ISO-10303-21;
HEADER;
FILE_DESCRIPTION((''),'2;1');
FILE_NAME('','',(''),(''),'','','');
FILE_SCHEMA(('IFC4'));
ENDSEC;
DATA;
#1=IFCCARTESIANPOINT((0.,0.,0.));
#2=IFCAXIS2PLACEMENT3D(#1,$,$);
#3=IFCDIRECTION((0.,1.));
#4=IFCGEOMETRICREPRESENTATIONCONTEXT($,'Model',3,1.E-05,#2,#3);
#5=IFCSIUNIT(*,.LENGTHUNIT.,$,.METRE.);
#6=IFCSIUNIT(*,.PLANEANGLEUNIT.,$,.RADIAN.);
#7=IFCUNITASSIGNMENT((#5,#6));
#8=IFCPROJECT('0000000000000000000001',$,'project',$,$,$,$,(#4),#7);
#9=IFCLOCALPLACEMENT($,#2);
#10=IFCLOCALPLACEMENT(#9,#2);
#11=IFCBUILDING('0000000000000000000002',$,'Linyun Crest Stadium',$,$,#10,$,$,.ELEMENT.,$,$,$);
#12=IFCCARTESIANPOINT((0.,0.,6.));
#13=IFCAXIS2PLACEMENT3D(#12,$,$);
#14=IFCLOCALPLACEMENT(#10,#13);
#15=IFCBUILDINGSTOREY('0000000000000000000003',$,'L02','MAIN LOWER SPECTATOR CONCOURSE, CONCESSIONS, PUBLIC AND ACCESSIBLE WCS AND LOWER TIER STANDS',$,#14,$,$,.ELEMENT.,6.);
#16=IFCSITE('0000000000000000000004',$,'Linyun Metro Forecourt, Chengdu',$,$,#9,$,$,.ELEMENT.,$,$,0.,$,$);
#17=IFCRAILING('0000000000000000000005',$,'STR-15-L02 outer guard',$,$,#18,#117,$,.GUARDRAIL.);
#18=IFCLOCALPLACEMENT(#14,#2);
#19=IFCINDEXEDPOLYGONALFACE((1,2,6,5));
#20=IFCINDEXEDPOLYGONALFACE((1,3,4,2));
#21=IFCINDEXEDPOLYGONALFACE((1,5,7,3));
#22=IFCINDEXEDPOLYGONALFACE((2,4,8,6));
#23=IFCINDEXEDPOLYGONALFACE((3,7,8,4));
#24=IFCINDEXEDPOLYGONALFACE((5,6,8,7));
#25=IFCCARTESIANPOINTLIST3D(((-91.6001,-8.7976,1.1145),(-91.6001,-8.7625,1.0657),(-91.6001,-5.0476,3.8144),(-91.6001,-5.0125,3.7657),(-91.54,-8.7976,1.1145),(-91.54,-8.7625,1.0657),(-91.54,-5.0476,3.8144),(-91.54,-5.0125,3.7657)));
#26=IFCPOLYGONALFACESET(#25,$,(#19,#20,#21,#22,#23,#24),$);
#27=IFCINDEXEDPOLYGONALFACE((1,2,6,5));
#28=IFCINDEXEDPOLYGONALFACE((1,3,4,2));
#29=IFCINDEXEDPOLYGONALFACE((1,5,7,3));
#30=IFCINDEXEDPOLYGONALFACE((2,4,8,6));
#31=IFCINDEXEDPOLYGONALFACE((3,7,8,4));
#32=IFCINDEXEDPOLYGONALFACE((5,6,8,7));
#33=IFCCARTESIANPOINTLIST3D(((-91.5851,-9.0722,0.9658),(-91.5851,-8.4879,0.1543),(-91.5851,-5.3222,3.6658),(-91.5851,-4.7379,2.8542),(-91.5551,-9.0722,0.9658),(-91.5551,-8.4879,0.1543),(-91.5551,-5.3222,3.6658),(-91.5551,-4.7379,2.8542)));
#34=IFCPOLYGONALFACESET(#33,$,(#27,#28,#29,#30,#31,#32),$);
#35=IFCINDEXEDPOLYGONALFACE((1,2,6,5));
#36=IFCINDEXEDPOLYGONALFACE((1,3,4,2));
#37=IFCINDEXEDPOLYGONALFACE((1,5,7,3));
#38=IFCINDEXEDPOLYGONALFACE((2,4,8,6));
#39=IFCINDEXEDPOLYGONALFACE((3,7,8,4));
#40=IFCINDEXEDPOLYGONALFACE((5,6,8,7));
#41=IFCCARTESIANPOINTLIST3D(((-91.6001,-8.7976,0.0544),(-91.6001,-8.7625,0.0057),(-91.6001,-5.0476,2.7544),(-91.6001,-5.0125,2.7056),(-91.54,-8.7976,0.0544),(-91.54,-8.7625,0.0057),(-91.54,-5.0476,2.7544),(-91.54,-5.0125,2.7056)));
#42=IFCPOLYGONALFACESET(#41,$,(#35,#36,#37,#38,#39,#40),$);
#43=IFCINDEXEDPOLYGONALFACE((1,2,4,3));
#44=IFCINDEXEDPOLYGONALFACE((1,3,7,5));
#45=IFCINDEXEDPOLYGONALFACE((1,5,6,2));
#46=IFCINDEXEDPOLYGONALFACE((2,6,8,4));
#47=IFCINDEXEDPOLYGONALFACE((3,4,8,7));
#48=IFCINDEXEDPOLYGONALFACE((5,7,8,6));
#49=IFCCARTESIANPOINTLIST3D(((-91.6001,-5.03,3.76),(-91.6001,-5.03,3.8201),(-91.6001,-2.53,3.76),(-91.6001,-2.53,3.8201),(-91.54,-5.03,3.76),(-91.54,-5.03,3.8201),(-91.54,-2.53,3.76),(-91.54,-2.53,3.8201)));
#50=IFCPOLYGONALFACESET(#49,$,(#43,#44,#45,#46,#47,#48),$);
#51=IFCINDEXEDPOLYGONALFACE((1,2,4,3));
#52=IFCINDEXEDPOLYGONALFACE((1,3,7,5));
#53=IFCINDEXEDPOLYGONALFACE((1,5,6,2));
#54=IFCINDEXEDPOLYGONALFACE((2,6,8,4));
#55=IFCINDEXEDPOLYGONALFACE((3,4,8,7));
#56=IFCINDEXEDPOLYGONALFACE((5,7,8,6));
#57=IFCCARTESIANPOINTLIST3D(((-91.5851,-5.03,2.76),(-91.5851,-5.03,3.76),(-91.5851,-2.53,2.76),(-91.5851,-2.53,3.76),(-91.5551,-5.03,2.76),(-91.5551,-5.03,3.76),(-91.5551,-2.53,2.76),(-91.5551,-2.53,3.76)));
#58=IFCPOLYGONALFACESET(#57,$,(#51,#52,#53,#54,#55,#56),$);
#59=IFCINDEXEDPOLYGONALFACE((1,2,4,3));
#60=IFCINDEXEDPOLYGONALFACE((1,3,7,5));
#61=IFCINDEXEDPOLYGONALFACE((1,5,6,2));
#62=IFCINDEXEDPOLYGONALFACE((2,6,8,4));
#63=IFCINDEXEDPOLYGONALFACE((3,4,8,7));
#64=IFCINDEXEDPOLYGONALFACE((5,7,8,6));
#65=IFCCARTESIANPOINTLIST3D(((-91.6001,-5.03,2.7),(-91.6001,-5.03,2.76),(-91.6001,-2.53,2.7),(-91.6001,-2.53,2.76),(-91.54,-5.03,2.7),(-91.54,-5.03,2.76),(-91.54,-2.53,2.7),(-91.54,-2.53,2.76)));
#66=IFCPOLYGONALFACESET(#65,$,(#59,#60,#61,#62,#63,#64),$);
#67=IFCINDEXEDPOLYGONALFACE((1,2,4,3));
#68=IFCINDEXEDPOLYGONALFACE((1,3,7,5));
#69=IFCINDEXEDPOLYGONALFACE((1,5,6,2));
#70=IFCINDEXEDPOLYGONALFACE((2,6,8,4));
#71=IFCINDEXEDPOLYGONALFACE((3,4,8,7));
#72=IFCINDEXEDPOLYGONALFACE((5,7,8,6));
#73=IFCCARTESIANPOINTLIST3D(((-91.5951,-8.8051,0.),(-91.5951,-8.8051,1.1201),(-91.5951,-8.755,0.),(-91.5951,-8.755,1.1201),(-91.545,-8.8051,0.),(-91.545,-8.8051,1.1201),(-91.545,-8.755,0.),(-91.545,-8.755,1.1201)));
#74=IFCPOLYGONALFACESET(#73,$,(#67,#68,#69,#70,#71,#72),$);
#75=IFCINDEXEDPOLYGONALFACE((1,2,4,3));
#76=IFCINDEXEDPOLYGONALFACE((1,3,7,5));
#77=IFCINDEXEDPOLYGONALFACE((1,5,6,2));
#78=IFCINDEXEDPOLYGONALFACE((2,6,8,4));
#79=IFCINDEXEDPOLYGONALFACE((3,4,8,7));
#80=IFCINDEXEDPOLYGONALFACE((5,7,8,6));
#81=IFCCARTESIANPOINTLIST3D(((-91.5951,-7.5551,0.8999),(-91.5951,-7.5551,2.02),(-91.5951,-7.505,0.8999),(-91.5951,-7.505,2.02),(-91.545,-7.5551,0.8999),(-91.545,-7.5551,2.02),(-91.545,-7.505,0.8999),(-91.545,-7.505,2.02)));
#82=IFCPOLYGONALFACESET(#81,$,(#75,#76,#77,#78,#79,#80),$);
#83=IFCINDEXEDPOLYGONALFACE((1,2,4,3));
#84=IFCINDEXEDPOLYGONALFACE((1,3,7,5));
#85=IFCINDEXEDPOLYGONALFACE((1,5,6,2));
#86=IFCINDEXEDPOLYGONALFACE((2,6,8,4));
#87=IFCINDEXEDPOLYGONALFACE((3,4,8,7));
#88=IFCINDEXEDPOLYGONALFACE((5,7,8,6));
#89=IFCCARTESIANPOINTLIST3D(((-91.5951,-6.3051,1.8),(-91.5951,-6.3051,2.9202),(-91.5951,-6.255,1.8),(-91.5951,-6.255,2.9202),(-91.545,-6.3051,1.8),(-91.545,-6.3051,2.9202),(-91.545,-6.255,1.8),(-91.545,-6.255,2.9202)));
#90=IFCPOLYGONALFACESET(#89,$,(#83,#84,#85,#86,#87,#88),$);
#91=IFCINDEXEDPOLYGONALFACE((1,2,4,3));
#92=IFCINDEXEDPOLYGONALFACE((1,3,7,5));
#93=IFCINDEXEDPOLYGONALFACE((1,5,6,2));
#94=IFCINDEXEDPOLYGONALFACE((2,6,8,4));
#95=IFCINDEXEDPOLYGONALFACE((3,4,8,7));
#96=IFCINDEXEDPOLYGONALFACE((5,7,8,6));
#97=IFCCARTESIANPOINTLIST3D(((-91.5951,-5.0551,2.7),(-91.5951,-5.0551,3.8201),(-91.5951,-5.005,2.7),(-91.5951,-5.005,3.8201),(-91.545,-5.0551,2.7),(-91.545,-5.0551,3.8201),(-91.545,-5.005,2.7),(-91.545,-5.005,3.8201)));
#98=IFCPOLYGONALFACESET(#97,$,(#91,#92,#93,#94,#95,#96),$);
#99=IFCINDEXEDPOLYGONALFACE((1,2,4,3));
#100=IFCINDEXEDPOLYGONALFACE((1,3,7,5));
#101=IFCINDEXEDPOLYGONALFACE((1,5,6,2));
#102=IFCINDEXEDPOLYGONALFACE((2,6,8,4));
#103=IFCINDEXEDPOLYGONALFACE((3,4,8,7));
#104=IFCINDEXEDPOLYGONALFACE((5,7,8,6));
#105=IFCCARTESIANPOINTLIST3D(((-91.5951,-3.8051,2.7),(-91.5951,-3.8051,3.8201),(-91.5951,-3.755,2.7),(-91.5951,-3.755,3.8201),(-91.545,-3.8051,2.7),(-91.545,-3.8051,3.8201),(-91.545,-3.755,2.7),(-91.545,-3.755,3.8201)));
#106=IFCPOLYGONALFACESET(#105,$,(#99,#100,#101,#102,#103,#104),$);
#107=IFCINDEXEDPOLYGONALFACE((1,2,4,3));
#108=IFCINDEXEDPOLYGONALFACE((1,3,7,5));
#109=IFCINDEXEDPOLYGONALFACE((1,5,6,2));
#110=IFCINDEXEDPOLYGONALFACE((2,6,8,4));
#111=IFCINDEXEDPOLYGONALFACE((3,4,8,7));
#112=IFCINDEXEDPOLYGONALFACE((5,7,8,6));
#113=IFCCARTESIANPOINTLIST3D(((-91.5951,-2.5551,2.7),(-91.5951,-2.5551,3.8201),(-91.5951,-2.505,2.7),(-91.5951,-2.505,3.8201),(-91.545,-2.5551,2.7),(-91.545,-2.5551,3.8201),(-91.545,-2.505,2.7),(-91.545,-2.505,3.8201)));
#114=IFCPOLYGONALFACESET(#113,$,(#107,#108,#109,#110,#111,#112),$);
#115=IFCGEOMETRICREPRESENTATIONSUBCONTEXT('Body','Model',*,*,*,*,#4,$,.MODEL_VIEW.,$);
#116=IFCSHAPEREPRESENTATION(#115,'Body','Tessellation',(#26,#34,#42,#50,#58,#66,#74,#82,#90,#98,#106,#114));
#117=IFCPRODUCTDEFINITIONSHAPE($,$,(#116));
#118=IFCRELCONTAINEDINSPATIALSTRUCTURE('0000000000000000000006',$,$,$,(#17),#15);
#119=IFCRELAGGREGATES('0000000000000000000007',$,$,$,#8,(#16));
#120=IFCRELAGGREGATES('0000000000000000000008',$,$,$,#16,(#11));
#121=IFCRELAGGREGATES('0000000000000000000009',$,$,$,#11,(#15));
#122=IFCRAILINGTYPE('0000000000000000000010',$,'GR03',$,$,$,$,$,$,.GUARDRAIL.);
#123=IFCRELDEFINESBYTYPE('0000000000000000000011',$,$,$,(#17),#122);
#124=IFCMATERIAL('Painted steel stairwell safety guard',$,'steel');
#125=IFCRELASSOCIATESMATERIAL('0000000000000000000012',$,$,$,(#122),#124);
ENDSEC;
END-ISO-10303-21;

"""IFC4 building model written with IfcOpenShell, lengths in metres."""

from ifc_helpers import new_model, si_unit, direction, frame, origin, origin_2d, place, context, subcontext, project, spatial, rectangle, extrude, material, type_object, element, save


model = new_model("IFC4")

# Units and contexts
model_context = context("Model", 3, precision=1e-05, world=origin(), true_north=direction((0.0, 1.0)))
body_context = subcontext(model_context, "Body", "Model", "MODEL_VIEW")
ifc_project = project(units=[si_unit("LENGTHUNIT", "METRE"), si_unit("PLANEANGLEUNIT", "RADIAN")], contexts=[model_context])

# Site, building, storey
site_placement = place(None, origin())
site = spatial("IfcSite", under=ifc_project, at=site_placement, Name="Linyun Metro Forecourt, Chengdu", CompositionType="ELEMENT", RefElevation=0.0)
building_placement = place(site_placement, origin())
building = spatial("IfcBuilding", under=site, at=building_placement, Name="Linyun Crest Stadium", CompositionType="ELEMENT")
storey_placement = place(building_placement, frame((0.0, 0.0, 6.0)))
storey = spatial("IfcBuildingStorey", under=building, at=storey_placement, Name="L02", Description="MAIN LOWER SPECTATOR CONCOURSE, CONCESSIONS, PUBLIC AND ACCESSIBLE WCS AND LOWER TIER STANDS", CompositionType="ELEMENT", Elevation=6.0)

# Railing
ifc_material_1 = material(Name="Painted steel stairwell safety guard", Category="steel")
railing_type_1 = type_object("IfcRailingType", Name="GR03", PredefinedType="GUARDRAIL", material=ifc_material_1)
railing_1_placement = place(storey_placement, frame((-91.5701, -8.78, 0.0)))
element("IfcRailing", 1, at=railing_1_placement, inside=storey, type_object=railing_type_1, Name="STR-15-L02 outer guard", PredefinedType="GUARDRAIL", context=body_context, shape_type="SweptSolid", body=[
    extrude(rectangle(XDim=0.0601, YDim=0.0601, at=origin_2d()), frame((0.0, 0.0, 1.0901), z_axis=(0.0, 0.811539, 0.584298), x_axis=(-1.0, 0.0, 0.0)), (0.0, 0.0, 1.0), 4.6208),
    extrude(rectangle(XDim=0.03, YDim=1.0, at=origin_2d()), frame((0.0, 0.0, 0.5601), z_axis=(0.0, 0.811539, 0.584298), x_axis=(-1.0, 0.0, 0.0)), (0.0, 0.0, 1.0), 4.6208),
    extrude(rectangle(XDim=0.0601, YDim=0.0601, at=origin_2d()), frame((0.0, 0.0, 0.03), z_axis=(0.0, 0.811539, 0.584298), x_axis=(-1.0, 0.0, 0.0)), (0.0, 0.0, 1.0), 4.6208),
    extrude(rectangle(XDim=0.0601, YDim=0.0601, at=origin_2d()), frame((0.0, 3.75, 3.79), z_axis=(0.0, 1.0, 0.0), x_axis=(-1.0, 0.0, 0.0)), (0.0, 0.0, 1.0), 2.5),
    extrude(rectangle(XDim=0.03, YDim=1.0, at=origin_2d()), frame((0.0, 3.75, 3.26), z_axis=(0.0, 1.0, 0.0), x_axis=(-1.0, 0.0, 0.0)), (0.0, 0.0, 1.0), 2.5),
    extrude(rectangle(XDim=0.0601, YDim=0.0601, at=origin_2d()), frame((0.0, 3.75, 2.73), z_axis=(0.0, 1.0, 0.0), x_axis=(-1.0, 0.0, 0.0)), (0.0, 0.0, 1.0), 2.5),
    extrude(rectangle(XDim=0.05, YDim=0.05, at=origin_2d()), origin(), (0.0, 0.0, 1.0), 1.1201),
    extrude(rectangle(XDim=0.05, YDim=0.05, at=origin_2d()), frame((0.0, 1.25, 0.8999)), (0.0, 0.0, 1.0), 1.1201),
    extrude(rectangle(XDim=0.05, YDim=0.05, at=origin_2d()), frame((0.0, 2.5, 1.8)), (0.0, 0.0, 1.0), 1.1201),
    extrude(rectangle(XDim=0.05, YDim=0.05, at=origin_2d()), frame((0.0, 3.75, 2.7)), (0.0, 0.0, 1.0), 1.1201),
    extrude(rectangle(XDim=0.05, YDim=0.05, at=origin_2d()), frame((0.0, 5.0, 2.7)), (0.0, 0.0, 1.0), 1.1201),
    extrude(rectangle(XDim=0.05, YDim=0.05, at=origin_2d()), frame((0.0, 6.25, 2.7)), (0.0, 0.0, 1.0), 1.1201),
])

save(model, "model.ifc")
